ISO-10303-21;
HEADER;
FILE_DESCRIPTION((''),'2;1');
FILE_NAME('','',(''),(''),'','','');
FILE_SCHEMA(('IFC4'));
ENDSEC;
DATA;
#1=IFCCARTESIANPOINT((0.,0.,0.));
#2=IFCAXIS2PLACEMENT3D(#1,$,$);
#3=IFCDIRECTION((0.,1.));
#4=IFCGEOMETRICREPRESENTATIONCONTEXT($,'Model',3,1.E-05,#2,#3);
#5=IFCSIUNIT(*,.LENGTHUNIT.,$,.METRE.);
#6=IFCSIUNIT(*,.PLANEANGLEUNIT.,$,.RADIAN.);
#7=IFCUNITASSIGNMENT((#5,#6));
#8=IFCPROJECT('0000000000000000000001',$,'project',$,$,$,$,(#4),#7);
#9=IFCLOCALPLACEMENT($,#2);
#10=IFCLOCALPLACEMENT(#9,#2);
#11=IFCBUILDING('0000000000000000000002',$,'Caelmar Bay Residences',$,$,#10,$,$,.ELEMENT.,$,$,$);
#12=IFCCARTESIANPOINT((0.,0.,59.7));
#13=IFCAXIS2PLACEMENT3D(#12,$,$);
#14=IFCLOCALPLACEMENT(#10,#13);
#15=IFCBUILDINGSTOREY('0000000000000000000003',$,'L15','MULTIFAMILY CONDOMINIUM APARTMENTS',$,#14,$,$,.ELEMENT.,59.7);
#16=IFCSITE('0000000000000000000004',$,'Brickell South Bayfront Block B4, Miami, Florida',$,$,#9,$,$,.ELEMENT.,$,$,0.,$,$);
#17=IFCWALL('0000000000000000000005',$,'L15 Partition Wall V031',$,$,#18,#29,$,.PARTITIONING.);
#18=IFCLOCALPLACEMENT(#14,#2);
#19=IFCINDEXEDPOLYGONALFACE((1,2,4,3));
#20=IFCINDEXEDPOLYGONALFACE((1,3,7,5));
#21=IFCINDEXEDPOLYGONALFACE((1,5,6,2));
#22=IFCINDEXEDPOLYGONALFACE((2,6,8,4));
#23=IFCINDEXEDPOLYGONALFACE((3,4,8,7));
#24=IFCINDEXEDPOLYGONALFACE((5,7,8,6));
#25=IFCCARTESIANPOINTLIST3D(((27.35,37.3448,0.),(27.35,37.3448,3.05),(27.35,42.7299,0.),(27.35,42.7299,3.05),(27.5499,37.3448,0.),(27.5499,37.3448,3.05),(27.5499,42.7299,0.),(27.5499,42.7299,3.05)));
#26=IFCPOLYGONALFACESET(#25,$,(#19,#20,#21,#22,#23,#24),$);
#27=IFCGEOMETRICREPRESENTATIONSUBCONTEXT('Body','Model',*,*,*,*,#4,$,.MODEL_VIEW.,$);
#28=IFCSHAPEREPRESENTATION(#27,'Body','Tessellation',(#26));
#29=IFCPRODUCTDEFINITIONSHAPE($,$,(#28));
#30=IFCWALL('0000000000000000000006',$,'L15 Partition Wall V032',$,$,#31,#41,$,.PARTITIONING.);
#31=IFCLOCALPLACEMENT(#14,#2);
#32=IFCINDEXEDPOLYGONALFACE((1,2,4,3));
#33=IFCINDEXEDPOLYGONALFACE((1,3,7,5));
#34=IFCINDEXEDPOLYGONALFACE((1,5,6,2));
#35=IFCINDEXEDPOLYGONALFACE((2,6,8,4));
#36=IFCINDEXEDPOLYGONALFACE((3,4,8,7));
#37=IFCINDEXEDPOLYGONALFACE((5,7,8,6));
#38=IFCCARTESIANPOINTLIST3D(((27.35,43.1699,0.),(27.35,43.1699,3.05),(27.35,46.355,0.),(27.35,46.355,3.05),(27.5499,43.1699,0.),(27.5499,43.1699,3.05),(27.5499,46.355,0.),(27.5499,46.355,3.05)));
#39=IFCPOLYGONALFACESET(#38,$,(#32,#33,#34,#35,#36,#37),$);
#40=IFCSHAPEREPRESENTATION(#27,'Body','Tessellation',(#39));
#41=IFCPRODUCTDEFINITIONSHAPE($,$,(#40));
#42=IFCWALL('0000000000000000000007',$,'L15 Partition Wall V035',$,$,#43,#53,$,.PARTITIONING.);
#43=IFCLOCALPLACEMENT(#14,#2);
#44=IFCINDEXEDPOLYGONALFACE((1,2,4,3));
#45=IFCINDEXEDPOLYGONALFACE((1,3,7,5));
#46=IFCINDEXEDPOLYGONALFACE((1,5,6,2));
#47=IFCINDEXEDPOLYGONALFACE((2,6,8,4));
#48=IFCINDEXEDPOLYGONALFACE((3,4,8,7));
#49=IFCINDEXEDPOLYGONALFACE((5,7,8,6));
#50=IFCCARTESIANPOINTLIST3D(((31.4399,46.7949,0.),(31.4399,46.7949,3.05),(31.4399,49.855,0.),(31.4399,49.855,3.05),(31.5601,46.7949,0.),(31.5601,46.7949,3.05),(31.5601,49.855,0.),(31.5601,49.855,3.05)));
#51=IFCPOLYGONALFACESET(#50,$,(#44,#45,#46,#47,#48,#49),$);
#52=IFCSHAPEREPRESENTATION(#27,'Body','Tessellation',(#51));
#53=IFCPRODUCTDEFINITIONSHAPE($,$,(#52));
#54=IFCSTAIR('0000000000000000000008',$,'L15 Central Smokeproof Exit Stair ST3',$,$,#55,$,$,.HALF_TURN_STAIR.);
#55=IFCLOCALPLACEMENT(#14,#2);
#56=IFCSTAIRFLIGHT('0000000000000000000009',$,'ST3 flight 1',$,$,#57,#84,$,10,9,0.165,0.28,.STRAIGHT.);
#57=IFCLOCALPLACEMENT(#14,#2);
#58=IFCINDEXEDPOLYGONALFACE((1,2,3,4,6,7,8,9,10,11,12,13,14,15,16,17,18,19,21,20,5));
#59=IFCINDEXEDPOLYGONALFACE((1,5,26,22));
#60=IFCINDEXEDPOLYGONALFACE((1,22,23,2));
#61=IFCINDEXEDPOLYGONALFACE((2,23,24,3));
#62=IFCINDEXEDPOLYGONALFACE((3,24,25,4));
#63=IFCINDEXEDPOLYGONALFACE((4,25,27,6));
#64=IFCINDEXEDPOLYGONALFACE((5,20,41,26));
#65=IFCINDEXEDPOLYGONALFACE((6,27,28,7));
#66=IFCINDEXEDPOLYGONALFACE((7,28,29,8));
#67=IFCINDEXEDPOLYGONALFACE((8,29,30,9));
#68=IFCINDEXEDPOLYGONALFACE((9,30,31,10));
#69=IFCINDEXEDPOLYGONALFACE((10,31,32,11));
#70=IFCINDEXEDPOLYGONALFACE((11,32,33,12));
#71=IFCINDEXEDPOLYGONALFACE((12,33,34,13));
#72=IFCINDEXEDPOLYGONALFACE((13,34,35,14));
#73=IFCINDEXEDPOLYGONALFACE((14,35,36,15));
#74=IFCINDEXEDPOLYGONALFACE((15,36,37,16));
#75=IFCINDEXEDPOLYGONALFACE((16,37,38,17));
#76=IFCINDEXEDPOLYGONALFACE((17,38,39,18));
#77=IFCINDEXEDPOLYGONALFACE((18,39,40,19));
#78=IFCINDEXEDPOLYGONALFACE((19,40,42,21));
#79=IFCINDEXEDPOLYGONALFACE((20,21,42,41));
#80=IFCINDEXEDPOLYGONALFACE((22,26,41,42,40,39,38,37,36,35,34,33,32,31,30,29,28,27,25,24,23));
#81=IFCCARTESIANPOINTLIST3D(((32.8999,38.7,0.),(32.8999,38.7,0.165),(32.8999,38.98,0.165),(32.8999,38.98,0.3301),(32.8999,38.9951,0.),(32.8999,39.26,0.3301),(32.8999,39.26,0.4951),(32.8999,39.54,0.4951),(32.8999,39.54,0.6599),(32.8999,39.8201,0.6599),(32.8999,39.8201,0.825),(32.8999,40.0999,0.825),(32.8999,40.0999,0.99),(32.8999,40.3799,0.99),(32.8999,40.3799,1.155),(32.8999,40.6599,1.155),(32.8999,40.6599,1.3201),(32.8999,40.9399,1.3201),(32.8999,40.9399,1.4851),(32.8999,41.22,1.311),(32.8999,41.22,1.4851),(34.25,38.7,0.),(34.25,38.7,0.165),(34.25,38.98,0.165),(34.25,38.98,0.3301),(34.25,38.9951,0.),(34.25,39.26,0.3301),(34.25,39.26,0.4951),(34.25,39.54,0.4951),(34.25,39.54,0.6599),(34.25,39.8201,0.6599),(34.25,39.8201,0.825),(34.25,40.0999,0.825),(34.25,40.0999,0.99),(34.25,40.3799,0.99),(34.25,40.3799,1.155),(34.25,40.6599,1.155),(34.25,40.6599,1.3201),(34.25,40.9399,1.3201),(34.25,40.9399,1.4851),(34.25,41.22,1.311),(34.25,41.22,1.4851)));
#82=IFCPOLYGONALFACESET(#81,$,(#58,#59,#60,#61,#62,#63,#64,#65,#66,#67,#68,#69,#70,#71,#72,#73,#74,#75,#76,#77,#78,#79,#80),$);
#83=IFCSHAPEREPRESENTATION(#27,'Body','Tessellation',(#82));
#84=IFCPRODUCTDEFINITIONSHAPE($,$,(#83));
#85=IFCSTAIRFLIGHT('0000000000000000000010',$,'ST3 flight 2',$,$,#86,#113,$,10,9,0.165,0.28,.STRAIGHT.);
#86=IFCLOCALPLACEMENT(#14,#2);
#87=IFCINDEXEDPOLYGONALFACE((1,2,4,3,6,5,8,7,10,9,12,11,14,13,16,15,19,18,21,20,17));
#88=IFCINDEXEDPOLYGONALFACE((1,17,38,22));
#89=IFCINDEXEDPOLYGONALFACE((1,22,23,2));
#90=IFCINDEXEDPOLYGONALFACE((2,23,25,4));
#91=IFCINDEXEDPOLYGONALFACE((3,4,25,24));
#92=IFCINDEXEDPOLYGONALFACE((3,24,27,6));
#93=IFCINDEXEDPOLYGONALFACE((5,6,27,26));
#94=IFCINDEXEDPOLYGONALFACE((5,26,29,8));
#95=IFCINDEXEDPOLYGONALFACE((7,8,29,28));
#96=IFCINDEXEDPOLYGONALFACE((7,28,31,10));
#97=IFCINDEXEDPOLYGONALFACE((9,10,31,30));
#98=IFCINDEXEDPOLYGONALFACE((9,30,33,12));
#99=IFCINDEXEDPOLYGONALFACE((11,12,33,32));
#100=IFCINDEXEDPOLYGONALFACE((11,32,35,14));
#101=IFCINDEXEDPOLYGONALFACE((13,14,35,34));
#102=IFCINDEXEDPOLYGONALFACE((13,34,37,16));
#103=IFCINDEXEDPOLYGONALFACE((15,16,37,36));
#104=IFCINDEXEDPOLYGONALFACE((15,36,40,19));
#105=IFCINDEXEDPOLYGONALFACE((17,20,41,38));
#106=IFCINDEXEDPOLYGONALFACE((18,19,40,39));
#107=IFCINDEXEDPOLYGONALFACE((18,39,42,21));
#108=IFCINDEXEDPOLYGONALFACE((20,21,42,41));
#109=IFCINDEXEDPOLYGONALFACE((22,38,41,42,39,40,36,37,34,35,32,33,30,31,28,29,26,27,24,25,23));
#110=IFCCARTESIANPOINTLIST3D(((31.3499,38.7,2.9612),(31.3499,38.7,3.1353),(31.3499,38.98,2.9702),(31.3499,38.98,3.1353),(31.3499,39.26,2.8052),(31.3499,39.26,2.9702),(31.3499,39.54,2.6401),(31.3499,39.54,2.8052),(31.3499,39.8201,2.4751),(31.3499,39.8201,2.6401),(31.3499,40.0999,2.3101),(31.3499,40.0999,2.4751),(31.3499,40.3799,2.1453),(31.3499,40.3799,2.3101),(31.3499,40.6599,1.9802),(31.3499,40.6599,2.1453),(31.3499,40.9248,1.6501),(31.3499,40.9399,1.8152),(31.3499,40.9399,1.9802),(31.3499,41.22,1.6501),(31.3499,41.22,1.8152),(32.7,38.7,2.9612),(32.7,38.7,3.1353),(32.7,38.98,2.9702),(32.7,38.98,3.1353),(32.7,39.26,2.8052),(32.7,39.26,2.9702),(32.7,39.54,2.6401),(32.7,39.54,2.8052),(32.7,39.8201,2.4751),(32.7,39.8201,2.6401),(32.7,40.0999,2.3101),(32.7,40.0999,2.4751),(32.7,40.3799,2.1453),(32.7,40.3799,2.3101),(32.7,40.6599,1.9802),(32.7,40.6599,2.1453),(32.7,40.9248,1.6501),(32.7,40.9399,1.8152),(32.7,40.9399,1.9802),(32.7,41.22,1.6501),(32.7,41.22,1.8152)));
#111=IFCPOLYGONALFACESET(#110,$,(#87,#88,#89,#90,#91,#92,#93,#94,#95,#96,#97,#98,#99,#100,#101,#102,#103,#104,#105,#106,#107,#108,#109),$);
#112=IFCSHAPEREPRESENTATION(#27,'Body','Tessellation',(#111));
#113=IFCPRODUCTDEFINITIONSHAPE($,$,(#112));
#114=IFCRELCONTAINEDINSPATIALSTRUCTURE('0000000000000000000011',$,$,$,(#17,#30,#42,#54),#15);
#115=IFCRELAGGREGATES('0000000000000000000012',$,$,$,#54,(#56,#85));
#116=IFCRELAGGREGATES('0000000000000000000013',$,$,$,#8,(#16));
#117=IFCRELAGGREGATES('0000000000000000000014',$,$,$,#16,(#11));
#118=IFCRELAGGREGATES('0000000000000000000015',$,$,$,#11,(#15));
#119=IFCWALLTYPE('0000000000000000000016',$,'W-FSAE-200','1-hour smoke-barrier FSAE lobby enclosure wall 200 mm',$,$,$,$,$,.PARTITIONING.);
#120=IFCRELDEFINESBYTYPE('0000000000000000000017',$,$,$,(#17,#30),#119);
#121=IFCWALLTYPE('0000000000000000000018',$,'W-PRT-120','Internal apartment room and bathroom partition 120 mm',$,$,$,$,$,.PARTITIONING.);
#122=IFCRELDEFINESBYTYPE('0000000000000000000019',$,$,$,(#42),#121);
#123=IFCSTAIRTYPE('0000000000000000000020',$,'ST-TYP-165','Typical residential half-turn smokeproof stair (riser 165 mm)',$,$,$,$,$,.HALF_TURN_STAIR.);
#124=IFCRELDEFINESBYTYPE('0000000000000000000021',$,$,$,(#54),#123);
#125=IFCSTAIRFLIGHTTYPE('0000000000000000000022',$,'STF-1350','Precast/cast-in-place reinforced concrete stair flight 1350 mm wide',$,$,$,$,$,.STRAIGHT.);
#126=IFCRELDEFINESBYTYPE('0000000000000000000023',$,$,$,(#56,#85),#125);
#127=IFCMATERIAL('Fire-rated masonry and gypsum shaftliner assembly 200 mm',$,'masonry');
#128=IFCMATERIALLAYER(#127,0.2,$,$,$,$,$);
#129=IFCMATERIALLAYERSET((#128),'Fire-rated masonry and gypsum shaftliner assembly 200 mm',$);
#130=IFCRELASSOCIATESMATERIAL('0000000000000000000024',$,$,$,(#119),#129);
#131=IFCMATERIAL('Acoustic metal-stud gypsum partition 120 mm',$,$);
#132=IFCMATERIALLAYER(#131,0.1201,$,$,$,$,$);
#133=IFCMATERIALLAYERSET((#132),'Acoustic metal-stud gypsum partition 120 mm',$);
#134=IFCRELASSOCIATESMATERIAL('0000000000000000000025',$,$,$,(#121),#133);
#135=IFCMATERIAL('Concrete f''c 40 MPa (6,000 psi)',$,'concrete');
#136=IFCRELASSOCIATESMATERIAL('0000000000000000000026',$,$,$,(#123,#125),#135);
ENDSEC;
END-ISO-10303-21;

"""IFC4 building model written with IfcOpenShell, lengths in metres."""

from ifc_helpers import new_model, si_unit, direction, frame, frame_2d, origin, place, context, subcontext, project, spatial, polyline, rectangle, outline, extrude, material, layer, layer_set, type_object, element, aggregate, save


model = new_model("IFC4")

# Units and contexts
model_context = context("Model", 3, precision=1e-05, world=origin(), true_north=direction((0.0, 1.0)))
body_context = subcontext(model_context, "Body", "Model", "MODEL_VIEW")
ifc_project = project(units=[si_unit("LENGTHUNIT", "METRE"), si_unit("PLANEANGLEUNIT", "RADIAN")], contexts=[model_context])

# Site, building, storey
site_placement = place(None, origin())
site = spatial("IfcSite", under=ifc_project, at=site_placement, Name="Brickell South Bayfront Block B4, Miami, Florida", CompositionType="ELEMENT", RefElevation=0.0)
building_placement = place(site_placement, origin())
building = spatial("IfcBuilding", under=site, at=building_placement, Name="Caelmar Bay Residences", CompositionType="ELEMENT")
storey_placement = place(building_placement, frame((0.0, 0.0, 59.7)))
storey = spatial("IfcBuildingStorey", under=building, at=storey_placement, Name="L15", Description="MULTIFAMILY CONDOMINIUM APARTMENTS", CompositionType="ELEMENT", Elevation=59.7)

# Walls
ifc_material_1 = material(Name="Fire-rated masonry and gypsum shaftliner assembly 200 mm", Category="masonry")
ifc_layer_1 = layer(ifc_material_1, 0.2)
ifc_layer_set_1 = layer_set([ifc_layer_1], Name="Fire-rated masonry and gypsum shaftliner assembly 200 mm")
wall_type_1 = type_object("IfcWallType", Name="W-FSAE-200", Description="1-hour smoke-barrier FSAE lobby enclosure wall 200 mm", PredefinedType="PARTITIONING", material=ifc_layer_set_1)
wall_1_placement = place(storey_placement, frame((27.45, 37.345, 0.0), z_axis=(0.0, 0.0, 1.0), x_axis=(0.0, 1.0, 0.0)))
element("IfcWall", 1, at=wall_1_placement, inside=storey, type_object=wall_type_1, Name="L15 Partition Wall V031", PredefinedType="PARTITIONING", context=body_context, shape_type="SweptSolid", body=[
    extrude(rectangle(XDim=5.385, YDim=0.2, at=frame_2d((2.6924, 0.0))), origin(), (0.0, 0.0, 1.0), 3.05),
])
wall_2_placement = place(storey_placement, frame((27.45, 43.1699, 0.0), z_axis=(0.0, 0.0, 1.0), x_axis=(0.0, 1.0, 0.0)))
element("IfcWall", 2, at=wall_2_placement, inside=storey, type_object=wall_type_1, Name="L15 Partition Wall V032", PredefinedType="PARTITIONING", context=body_context, shape_type="SweptSolid", body=[
    extrude(rectangle(XDim=3.1851, YDim=0.2, at=frame_2d((1.5925, 0.0))), origin(), (0.0, 0.0, 1.0), 3.05),
])
ifc_material_2 = material(Name="Acoustic metal-stud gypsum partition 120 mm")
ifc_layer_2 = layer(ifc_material_2, 0.1201)
ifc_layer_set_2 = layer_set([ifc_layer_2], Name="Acoustic metal-stud gypsum partition 120 mm")
wall_type_2 = type_object("IfcWallType", Name="W-PRT-120", Description="Internal apartment room and bathroom partition 120 mm", PredefinedType="PARTITIONING", material=ifc_layer_set_2)
wall_3_placement = place(storey_placement, frame((31.5, 46.7949, 0.0), z_axis=(0.0, 0.0, 1.0), x_axis=(0.0, 1.0, 0.0)))
element("IfcWall", 3, at=wall_3_placement, inside=storey, type_object=wall_type_2, Name="L15 Partition Wall V035", PredefinedType="PARTITIONING", context=body_context, shape_type="SweptSolid", body=[
    extrude(rectangle(XDim=3.0601, YDim=0.1201, at=frame_2d((1.53, 0.0))), origin(), (0.0, 0.0, 1.0), 3.05),
])

# Stair, stair flights
ifc_material_3 = material(Name="Concrete f'c 40 MPa (6,000 psi)", Category="concrete")
stair_type = type_object("IfcStairType", Name="ST-TYP-165", Description="Typical residential half-turn smokeproof stair (riser 165 mm)", PredefinedType="HALF_TURN_STAIR", material=ifc_material_3)
stair_placement = place(storey_placement, origin())
stair = element("IfcStair", 4, at=stair_placement, inside=storey, type_object=stair_type, Name="L15 Central Smokeproof Exit Stair ST3", PredefinedType="HALF_TURN_STAIR")
stair_flight_type = type_object("IfcStairFlightType", Name="STF-1350", Description="Precast/cast-in-place reinforced concrete stair flight 1350 mm wide", PredefinedType="STRAIGHT", material=ifc_material_3)
stair_flight_1_placement = place(storey_placement, frame((33.575, 38.7, 0.0), z_axis=(0.0, 0.0, 1.0), x_axis=(0.0, 1.0, 0.0)))
stair_flight_1 = element("IfcStairFlight", 5, at=stair_flight_1_placement, type_object=stair_flight_type, Name="ST3 flight 1", NumberOfRisers=10, NumberOfTreads=9, PredefinedType="STRAIGHT", RiserHeight=0.165, TreadLength=0.28, context=body_context, shape_type="SweptSolid", body=[
    extrude(outline(polyline([(0.0, 0.0), (0.0, 0.165), (0.28, 0.165), (0.28, 0.3301), (0.5601, 0.3301), (0.5601, 0.4951), (0.8401, 0.4951), (0.8401, 0.6599), (1.1201, 0.6599), (1.1201, 0.825), (1.3999, 0.825), (1.3999, 0.99), (1.6799, 0.99), (1.6799, 1.155), (1.96, 1.155), (1.96, 1.3201), (2.24, 1.3201), (2.24, 1.4851), (2.52, 1.4851), (2.52, 1.6499), (2.52, 1.311), (0.2952, 0.0), (0.0, 0.0)])), frame((0.0, 0.675, 0.0), z_axis=(0.0, -1.0, 0.0), x_axis=(1.0, 0.0, 0.0)), (0.0, 0.0, 1.0), 1.3501),
])
stair_flight_2_placement = place(storey_placement, frame((32.0249, 41.22, 1.6501), z_axis=(0.0, 0.0, 1.0), x_axis=(0.0, -1.0, 0.0)))
stair_flight_2 = element("IfcStairFlight", 6, at=stair_flight_2_placement, type_object=stair_flight_type, Name="ST3 flight 2", NumberOfRisers=10, NumberOfTreads=9, PredefinedType="STRAIGHT", RiserHeight=0.165, TreadLength=0.28, context=body_context, shape_type="SweptSolid", body=[
    extrude(outline(polyline([(0.0, 0.0), (0.0, 0.165), (0.28, 0.165), (0.28, 0.3301), (0.5601, 0.3301), (0.5601, 0.4951), (0.8401, 0.4951), (0.8401, 0.6599), (1.1201, 0.6599), (1.1201, 0.825), (1.3999, 0.825), (1.3999, 0.99), (1.6799, 0.99), (1.6799, 1.155), (1.96, 1.155), (1.96, 1.3201), (2.24, 1.3201), (2.24, 1.4851), (2.52, 1.4851), (2.52, 1.6499), (2.52, 1.311), (0.2952, 0.0), (0.0, 0.0)])), frame((0.0, 0.675, 0.0), z_axis=(0.0, -1.0, 0.0), x_axis=(1.0, 0.0, 0.0)), (0.0, 0.0, 1.0), 1.3501),
])
aggregate(stair, [stair_flight_1, stair_flight_2])

save(model, "model.ifc")
